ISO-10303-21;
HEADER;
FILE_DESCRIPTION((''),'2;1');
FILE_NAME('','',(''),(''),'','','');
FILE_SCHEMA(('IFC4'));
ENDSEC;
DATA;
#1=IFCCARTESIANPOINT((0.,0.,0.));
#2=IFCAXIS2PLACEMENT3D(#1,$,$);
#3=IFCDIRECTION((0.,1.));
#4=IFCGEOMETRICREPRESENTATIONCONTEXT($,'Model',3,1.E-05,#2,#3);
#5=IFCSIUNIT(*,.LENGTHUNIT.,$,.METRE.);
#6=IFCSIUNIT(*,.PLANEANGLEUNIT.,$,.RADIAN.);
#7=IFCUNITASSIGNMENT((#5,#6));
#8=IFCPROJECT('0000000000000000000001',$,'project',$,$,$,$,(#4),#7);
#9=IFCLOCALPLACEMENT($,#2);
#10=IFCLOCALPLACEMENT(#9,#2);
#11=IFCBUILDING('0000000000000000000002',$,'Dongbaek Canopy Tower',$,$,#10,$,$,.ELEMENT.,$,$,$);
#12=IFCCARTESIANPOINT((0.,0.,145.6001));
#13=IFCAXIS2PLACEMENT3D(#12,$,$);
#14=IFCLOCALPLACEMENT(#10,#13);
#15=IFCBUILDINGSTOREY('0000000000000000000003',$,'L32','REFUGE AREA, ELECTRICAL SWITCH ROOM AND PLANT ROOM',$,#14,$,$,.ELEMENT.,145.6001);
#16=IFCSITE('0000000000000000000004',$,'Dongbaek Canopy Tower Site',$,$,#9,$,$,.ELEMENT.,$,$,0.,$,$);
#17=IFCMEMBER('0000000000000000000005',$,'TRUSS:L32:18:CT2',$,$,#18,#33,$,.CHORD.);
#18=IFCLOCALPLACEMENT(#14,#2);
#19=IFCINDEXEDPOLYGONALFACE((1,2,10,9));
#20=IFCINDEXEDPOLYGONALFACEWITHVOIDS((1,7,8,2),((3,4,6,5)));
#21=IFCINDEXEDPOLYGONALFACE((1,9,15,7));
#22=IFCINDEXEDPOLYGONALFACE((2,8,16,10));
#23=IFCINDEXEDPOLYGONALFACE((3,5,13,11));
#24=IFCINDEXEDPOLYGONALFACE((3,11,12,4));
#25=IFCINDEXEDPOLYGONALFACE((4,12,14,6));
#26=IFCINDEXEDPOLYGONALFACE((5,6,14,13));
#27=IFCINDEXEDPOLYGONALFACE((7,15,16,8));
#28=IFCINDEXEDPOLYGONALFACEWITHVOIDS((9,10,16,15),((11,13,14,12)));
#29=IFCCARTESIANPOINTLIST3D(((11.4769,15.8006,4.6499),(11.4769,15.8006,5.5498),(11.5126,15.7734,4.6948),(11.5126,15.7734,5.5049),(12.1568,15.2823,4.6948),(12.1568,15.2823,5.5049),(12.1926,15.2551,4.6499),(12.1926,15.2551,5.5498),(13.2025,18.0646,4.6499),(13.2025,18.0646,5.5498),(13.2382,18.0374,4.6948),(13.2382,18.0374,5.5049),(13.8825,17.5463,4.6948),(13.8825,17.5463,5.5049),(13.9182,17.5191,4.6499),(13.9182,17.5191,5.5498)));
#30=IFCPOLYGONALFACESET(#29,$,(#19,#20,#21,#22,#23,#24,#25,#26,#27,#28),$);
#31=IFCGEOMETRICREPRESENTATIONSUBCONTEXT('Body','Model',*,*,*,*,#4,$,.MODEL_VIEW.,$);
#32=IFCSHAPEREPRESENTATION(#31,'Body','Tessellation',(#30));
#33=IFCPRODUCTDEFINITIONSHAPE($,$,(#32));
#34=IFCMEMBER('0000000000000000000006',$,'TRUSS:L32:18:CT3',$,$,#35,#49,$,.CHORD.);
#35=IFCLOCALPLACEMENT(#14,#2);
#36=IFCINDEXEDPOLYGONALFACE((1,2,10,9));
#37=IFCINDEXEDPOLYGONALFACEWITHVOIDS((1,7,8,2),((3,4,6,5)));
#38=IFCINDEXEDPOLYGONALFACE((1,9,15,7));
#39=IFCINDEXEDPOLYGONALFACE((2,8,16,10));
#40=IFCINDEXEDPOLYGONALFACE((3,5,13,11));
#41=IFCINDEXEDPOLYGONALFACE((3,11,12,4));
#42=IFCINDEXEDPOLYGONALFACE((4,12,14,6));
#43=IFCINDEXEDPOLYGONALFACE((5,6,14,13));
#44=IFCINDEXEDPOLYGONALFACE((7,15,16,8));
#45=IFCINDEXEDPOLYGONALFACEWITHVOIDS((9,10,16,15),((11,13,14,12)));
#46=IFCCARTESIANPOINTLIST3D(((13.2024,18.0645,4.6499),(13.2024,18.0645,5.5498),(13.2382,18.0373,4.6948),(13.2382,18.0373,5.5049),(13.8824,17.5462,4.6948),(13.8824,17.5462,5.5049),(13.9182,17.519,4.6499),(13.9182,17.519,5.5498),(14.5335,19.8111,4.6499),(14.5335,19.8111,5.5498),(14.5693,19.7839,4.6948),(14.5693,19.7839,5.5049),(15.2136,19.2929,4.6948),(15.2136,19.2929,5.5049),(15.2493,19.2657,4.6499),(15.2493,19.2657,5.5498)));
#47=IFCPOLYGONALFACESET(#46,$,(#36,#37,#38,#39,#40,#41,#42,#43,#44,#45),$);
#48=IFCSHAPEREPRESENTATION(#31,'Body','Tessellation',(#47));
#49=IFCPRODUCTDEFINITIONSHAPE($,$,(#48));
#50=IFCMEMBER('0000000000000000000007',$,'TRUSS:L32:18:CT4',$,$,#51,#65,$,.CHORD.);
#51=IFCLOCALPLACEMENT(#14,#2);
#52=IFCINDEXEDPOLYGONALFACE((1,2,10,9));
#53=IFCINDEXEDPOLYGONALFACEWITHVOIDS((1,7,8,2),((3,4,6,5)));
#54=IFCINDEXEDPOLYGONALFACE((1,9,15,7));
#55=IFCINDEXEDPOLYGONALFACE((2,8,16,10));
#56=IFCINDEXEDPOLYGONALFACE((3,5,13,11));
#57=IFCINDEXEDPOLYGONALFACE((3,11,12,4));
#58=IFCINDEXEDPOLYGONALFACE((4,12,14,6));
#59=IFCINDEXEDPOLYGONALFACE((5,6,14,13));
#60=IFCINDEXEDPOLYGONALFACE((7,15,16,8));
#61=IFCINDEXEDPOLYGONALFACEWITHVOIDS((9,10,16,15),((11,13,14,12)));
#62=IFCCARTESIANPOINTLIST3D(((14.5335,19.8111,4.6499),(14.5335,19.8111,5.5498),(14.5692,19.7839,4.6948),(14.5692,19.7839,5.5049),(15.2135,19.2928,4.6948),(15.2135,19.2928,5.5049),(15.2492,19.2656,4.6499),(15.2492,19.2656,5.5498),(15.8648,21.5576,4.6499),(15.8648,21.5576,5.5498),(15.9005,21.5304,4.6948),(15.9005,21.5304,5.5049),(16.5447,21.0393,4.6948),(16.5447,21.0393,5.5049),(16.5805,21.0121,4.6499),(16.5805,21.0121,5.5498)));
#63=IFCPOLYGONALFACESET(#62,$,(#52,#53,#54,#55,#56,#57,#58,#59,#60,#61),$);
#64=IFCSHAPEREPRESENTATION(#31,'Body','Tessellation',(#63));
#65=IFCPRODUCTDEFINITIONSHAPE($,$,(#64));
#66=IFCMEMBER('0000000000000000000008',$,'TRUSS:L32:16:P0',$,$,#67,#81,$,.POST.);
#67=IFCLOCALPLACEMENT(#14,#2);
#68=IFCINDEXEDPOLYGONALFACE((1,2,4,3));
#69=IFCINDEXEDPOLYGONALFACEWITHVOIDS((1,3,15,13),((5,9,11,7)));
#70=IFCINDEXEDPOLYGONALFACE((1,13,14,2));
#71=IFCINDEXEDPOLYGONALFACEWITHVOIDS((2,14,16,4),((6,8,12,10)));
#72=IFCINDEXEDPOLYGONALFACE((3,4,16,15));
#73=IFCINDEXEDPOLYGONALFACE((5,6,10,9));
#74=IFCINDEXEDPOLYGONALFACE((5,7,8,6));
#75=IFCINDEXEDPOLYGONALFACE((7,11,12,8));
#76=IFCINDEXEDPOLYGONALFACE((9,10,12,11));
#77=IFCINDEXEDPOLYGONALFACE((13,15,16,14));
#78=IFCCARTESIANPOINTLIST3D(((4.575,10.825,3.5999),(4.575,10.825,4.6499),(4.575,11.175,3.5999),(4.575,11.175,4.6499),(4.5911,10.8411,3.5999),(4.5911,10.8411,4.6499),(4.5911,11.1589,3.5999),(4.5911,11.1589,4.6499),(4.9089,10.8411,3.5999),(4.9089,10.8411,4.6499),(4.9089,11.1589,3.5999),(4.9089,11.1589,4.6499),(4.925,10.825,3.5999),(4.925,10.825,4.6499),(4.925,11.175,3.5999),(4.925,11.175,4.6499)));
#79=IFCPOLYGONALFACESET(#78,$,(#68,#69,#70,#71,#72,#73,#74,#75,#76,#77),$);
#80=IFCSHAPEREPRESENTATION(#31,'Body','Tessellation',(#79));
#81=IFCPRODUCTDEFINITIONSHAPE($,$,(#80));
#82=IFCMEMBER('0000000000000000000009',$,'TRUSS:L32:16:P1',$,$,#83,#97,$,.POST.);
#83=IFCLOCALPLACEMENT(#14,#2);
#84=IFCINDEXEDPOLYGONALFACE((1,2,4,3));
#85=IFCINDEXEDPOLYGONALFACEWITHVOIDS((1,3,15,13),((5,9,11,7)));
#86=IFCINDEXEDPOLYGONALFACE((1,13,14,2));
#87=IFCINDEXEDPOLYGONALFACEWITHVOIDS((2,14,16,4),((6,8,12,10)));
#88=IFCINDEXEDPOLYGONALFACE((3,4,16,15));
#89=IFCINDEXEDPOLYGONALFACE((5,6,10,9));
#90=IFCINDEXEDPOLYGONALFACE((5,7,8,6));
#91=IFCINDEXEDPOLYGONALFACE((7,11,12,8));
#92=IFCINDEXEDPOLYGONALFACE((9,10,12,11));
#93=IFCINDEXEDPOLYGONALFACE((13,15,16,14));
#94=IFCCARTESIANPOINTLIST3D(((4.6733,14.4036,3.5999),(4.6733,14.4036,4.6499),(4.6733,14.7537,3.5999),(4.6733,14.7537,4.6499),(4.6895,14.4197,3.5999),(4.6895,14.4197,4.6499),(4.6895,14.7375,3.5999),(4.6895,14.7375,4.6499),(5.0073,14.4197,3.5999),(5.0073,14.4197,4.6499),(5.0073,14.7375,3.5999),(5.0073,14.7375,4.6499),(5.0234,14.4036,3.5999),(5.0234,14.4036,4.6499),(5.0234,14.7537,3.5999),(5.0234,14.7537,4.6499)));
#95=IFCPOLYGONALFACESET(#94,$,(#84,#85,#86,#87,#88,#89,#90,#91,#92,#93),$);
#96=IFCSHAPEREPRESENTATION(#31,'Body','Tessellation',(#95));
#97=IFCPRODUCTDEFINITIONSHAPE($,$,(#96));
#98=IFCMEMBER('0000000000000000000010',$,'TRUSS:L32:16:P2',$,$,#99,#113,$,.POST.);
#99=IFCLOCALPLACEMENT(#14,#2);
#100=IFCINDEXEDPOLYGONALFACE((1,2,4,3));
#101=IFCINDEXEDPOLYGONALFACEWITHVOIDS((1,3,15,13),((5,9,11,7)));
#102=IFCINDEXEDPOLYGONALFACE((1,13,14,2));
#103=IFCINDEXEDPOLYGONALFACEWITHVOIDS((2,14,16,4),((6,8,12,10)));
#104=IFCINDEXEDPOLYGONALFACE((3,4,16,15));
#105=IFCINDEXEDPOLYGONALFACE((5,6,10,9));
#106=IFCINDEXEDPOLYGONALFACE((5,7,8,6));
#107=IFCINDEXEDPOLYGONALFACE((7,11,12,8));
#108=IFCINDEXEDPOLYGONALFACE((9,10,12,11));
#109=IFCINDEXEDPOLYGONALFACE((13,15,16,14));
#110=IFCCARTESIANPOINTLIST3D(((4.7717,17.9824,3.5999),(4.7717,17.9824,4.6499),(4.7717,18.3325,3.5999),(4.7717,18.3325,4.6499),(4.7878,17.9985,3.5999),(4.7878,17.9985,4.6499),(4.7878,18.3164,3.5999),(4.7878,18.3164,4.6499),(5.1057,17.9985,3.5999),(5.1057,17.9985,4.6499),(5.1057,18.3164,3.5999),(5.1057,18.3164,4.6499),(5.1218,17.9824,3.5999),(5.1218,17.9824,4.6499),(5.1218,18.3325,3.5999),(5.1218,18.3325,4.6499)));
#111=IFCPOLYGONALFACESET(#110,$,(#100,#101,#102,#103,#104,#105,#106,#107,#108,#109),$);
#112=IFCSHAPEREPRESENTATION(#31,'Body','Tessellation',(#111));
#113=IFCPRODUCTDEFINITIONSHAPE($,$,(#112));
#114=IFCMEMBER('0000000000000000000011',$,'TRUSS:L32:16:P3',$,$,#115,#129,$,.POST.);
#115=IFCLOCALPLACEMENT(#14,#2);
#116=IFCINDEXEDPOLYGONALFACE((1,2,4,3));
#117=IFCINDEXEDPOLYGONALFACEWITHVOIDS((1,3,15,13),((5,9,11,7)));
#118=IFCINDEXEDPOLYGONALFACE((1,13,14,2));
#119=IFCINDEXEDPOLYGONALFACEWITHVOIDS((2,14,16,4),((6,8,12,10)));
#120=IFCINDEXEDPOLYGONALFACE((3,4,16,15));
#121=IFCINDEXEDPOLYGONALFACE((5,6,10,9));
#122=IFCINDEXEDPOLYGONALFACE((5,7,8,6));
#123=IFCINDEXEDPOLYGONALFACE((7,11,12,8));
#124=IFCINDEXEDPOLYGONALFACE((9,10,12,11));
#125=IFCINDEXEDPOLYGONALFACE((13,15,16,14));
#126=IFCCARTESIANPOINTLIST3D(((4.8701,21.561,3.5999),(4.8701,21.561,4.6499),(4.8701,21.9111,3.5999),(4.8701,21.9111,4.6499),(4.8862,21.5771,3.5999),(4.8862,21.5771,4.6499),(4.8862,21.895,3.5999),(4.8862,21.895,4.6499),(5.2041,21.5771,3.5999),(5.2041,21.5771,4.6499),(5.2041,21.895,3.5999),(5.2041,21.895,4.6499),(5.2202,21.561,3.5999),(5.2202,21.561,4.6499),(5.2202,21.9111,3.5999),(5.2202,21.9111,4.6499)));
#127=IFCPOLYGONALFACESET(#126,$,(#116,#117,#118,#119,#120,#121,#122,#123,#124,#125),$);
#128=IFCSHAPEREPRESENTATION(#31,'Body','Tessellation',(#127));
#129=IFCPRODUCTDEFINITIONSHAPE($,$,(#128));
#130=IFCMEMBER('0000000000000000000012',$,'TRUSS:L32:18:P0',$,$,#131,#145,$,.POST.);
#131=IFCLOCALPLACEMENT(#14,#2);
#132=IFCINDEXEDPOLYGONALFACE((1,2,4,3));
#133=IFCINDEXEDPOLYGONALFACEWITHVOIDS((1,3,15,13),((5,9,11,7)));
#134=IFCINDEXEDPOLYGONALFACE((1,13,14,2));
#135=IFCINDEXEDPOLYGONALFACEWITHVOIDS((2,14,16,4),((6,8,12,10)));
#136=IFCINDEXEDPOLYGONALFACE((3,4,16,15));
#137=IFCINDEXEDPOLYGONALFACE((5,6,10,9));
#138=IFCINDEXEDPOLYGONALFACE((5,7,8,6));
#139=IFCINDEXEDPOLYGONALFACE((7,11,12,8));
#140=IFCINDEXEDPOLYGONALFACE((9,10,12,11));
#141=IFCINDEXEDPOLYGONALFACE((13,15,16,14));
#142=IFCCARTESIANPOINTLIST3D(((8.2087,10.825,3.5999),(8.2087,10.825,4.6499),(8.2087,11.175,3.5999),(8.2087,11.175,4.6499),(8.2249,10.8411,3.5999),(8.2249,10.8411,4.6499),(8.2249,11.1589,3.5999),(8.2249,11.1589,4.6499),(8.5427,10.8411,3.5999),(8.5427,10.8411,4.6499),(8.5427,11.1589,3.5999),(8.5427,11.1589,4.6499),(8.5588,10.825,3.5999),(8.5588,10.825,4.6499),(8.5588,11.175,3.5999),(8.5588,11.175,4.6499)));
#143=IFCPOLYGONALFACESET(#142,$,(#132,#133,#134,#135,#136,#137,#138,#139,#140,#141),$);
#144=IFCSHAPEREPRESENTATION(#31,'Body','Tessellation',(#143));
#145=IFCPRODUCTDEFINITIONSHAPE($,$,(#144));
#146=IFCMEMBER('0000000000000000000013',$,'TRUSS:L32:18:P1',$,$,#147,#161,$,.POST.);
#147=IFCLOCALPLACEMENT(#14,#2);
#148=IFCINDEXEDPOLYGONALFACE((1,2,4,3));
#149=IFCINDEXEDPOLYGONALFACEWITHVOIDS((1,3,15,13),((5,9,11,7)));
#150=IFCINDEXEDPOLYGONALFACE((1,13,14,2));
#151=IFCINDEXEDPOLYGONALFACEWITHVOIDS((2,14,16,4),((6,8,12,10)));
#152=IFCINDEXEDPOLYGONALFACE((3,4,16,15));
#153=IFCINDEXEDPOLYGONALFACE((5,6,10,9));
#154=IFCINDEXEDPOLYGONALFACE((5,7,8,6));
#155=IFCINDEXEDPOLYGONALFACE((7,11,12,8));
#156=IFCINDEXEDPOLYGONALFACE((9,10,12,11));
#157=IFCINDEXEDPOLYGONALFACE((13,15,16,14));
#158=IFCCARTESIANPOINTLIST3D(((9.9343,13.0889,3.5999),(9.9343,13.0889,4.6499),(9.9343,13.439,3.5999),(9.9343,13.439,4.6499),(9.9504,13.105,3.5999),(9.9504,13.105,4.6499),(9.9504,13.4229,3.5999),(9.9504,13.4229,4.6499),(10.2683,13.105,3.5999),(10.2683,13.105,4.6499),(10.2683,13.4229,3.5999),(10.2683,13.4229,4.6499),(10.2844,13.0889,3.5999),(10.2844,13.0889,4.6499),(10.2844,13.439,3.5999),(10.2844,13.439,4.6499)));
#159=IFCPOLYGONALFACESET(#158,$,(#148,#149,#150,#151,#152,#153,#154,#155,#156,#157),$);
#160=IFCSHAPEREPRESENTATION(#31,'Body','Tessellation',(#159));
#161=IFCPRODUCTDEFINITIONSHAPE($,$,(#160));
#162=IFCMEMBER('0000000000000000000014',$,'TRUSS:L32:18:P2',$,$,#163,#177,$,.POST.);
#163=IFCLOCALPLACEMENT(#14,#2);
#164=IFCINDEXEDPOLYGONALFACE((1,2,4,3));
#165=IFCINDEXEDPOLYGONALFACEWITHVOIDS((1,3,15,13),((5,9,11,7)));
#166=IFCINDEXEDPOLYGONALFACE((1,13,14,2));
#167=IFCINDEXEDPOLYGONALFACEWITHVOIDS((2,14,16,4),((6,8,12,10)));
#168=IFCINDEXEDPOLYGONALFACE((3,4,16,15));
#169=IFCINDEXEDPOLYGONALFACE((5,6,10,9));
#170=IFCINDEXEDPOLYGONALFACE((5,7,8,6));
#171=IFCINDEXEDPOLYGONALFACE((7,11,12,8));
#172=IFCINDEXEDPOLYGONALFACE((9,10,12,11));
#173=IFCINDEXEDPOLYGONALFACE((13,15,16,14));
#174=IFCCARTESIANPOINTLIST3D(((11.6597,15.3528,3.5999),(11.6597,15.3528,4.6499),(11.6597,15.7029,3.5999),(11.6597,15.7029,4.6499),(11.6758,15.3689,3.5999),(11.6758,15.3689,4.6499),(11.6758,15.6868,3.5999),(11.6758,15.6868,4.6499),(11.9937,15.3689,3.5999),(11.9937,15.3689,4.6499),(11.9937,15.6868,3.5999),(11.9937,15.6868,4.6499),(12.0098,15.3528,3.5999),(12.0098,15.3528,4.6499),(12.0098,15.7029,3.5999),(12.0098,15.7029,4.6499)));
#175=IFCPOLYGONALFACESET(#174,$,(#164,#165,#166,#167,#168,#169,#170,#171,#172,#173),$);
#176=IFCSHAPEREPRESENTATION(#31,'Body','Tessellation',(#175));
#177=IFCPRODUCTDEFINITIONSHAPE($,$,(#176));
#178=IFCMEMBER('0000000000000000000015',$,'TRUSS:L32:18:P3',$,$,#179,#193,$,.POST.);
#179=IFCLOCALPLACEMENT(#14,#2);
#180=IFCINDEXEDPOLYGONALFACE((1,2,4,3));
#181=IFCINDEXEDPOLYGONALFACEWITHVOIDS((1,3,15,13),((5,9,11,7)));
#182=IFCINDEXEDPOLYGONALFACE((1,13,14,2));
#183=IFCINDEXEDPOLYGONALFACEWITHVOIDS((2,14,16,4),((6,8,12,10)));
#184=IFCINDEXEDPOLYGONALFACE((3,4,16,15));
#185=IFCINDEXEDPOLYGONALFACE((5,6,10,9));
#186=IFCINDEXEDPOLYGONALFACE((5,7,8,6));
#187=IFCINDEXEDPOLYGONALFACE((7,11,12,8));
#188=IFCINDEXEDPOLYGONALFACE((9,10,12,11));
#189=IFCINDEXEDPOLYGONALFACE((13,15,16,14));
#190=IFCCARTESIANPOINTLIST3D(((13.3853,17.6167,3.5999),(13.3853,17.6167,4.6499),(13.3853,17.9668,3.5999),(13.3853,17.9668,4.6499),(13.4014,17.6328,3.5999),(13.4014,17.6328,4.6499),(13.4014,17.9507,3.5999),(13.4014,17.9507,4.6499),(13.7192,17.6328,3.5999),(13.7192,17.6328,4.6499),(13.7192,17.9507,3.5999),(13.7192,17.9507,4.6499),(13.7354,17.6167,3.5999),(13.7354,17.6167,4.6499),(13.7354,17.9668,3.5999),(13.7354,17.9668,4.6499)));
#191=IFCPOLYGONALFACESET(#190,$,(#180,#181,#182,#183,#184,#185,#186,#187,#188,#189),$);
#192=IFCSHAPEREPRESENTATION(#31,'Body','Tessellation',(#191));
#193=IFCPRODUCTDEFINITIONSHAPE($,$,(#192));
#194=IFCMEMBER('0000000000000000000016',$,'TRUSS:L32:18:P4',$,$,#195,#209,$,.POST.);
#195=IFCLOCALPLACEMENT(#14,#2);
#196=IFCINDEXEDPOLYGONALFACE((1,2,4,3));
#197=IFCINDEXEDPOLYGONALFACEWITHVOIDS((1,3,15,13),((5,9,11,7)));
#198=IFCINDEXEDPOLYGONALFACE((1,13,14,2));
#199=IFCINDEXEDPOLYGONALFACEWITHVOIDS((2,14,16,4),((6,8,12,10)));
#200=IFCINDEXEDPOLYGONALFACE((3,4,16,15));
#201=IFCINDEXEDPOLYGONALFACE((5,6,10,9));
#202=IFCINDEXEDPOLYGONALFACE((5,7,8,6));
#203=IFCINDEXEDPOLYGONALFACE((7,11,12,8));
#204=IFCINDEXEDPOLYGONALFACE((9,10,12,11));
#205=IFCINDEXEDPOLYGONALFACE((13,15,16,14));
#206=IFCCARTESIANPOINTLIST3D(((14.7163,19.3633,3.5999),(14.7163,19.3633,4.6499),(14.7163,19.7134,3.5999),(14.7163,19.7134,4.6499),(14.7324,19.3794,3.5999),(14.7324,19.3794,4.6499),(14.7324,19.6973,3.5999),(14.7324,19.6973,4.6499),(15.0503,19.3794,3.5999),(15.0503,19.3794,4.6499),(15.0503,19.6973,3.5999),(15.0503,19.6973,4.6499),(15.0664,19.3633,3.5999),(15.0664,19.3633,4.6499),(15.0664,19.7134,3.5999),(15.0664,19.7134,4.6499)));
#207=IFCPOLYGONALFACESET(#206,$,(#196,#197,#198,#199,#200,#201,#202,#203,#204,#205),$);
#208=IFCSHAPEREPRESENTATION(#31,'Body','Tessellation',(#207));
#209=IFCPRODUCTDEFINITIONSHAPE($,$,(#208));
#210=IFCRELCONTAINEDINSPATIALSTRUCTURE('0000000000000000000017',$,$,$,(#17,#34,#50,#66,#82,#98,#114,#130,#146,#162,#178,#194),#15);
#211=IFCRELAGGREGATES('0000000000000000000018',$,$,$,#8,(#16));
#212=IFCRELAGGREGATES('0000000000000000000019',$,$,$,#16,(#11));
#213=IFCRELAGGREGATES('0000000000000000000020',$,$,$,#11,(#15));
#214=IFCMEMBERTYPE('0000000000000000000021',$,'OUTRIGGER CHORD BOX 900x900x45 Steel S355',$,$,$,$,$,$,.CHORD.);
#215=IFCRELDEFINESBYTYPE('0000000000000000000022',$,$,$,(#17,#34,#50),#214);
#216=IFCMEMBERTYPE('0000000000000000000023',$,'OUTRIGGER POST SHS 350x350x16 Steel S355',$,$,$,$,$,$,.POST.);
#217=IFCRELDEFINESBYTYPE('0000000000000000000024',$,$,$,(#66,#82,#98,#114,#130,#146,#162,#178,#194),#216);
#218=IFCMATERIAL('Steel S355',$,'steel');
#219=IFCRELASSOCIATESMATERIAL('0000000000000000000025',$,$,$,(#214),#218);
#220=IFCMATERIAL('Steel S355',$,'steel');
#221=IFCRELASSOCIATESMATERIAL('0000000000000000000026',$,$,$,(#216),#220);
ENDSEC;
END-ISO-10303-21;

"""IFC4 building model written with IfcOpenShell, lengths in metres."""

from ifc_helpers import new_model, si_unit, direction, frame, origin, origin_2d, place, context, subcontext, project, spatial, hollow_rectangle, extrude, material, material_profile, profile_set, type_object, element, save


model = new_model("IFC4")

# Units and contexts
model_context = context("Model", 3, precision=1e-05, world=origin(), true_north=direction((0.0, 1.0)))
body_context = subcontext(model_context, "Body", "Model", "MODEL_VIEW")
ifc_project = project(units=[si_unit("LENGTHUNIT", "METRE"), si_unit("PLANEANGLEUNIT", "RADIAN")], contexts=[model_context])

# Site, building, storey
site_placement = place(None, origin())
site = spatial("IfcSite", under=ifc_project, at=site_placement, Name="Dongbaek Canopy Tower Site", CompositionType="ELEMENT", RefElevation=0.0)
building_placement = place(site_placement, origin())
building = spatial("IfcBuilding", under=site, at=building_placement, Name="Dongbaek Canopy Tower", CompositionType="ELEMENT")
storey_placement = place(building_placement, frame((0.0, 0.0, 145.6001)))
storey = spatial("IfcBuildingStorey", under=building, at=storey_placement, Name="L32", Description="REFUGE AREA, ELECTRICAL SWITCH ROOM AND PLANT ROOM", CompositionType="ELEMENT", Elevation=145.6001)

# Members
ifc_material_1 = material(Name="Steel S355", Category="steel")
ifc_material_profile_1 = material_profile(ifc_material_1, hollow_rectangle(XDim=0.8999, YDim=0.8999, WallThickness=0.0449, at=origin_2d()), Name="OUTRIGGER CHORD BOX 900x900x45 Steel S355")
ifc_profile_set_1 = profile_set([ifc_material_profile_1], Name="Steel S355")
member_type_1 = type_object("IfcMemberType", Name="OUTRIGGER CHORD BOX 900x900x45 Steel S355", PredefinedType="CHORD", material=ifc_profile_set_1)
member_1_placement = place(storey_placement, frame((11.8347, 15.5278, 5.0999), z_axis=(0.606198, 0.795314, 0.0), x_axis=(-0.795314, 0.606198, 0.0)))
element("IfcMember", 1, at=member_1_placement, inside=storey, type_object=member_type_1, Name="TRUSS:L32:18:CT2", PredefinedType="CHORD", context=body_context, shape_type="SweptSolid", body=[
    extrude(hollow_rectangle(XDim=0.8999, YDim=0.8999, WallThickness=0.0449, at=origin_2d()), origin(), (0.0, 0.0, 1.0), 2.8467),
])
for number, where, z_axis, x_axis, name in (
    (2, (13.5603, 17.7917, 5.0999), (0.606137, 0.79536, 0.0), (-0.79536, 0.606137, 0.0), "TRUSS:L32:18:CT3"),
    (3, (14.8914, 19.5383, 5.0999), (0.606207, 0.795307, 0.0), (-0.795307, 0.606207, 0.0), "TRUSS:L32:18:CT4"),
):
    element("IfcMember", number, at=place(storey_placement, frame(where, z_axis=z_axis, x_axis=x_axis)), inside=storey, type_object=member_type_1, Name=name, PredefinedType="CHORD", context=body_context, shape_type="SweptSolid", body=[
        extrude(hollow_rectangle(XDim=0.8999, YDim=0.8999, WallThickness=0.0449, at=origin_2d()), origin(), (0.0, 0.0, 1.0), 2.196),
    ])
ifc_material_2 = material(Name="Steel S355", Category="steel")
ifc_material_profile_2 = material_profile(ifc_material_2, hollow_rectangle(XDim=0.3501, YDim=0.3501, WallThickness=0.0161, at=origin_2d()), Name="OUTRIGGER POST SHS 350x350x16 Steel S355")
ifc_profile_set_2 = profile_set([ifc_material_profile_2], Name="Steel S355")
member_type_2 = type_object("IfcMemberType", Name="OUTRIGGER POST SHS 350x350x16 Steel S355", PredefinedType="POST", material=ifc_profile_set_2)
for number, where, z_axis, x_axis, name in (
    (4, (4.75, 11.0, 3.5999), (0.0, 0.0, 1.0), (1.0, 0.0, 0.0), "TRUSS:L32:16:P0"),
    (5, (4.8484, 14.5786, 3.5999), (0.0, 0.0, 1.0), (1.0, 0.0, 0.0), "TRUSS:L32:16:P1"),
    (6, (4.9468, 18.1575, 3.5999), (0.0, 0.0, 1.0), (1.0, 0.0, 0.0), "TRUSS:L32:16:P2"),
    (7, (5.0452, 21.7361, 3.5999), (0.0, 0.0, 1.0), (1.0, 0.0, 0.0), "TRUSS:L32:16:P3"),
    (8, (8.3838, 11.0, 3.5999), (0.0, 0.0, 1.0), (1.0, 0.0, 0.0), "TRUSS:L32:18:P0"),
    (9, (10.1094, 13.2639, 3.5999), (0.0, 0.0, 1.0), (1.0, 0.0, 0.0), "TRUSS:L32:18:P1"),
    (10, (11.8347, 15.5278, 3.5999), (0.0, 0.0, 1.0), (1.0, 0.0, 0.0), "TRUSS:L32:18:P2"),
    (11, (13.5603, 17.7917, 3.5999), (0.0, 0.0, 1.0), (1.0, 0.0, 0.0), "TRUSS:L32:18:P3"),
    (12, (14.8914, 19.5383, 3.5999), (0.0, 0.0, 1.0), (1.0, 0.0, 0.0), "TRUSS:L32:18:P4"),
):
    element("IfcMember", number, at=place(storey_placement, frame(where, z_axis=z_axis, x_axis=x_axis)), inside=storey, type_object=member_type_2, Name=name, PredefinedType="POST", context=body_context, shape_type="SweptSolid", body=[
        extrude(hollow_rectangle(XDim=0.3501, YDim=0.3501, WallThickness=0.0161, at=origin_2d()), origin(), (0.0, 0.0, 1.0), 1.05),
    ])

save(model, "model.ifc")
